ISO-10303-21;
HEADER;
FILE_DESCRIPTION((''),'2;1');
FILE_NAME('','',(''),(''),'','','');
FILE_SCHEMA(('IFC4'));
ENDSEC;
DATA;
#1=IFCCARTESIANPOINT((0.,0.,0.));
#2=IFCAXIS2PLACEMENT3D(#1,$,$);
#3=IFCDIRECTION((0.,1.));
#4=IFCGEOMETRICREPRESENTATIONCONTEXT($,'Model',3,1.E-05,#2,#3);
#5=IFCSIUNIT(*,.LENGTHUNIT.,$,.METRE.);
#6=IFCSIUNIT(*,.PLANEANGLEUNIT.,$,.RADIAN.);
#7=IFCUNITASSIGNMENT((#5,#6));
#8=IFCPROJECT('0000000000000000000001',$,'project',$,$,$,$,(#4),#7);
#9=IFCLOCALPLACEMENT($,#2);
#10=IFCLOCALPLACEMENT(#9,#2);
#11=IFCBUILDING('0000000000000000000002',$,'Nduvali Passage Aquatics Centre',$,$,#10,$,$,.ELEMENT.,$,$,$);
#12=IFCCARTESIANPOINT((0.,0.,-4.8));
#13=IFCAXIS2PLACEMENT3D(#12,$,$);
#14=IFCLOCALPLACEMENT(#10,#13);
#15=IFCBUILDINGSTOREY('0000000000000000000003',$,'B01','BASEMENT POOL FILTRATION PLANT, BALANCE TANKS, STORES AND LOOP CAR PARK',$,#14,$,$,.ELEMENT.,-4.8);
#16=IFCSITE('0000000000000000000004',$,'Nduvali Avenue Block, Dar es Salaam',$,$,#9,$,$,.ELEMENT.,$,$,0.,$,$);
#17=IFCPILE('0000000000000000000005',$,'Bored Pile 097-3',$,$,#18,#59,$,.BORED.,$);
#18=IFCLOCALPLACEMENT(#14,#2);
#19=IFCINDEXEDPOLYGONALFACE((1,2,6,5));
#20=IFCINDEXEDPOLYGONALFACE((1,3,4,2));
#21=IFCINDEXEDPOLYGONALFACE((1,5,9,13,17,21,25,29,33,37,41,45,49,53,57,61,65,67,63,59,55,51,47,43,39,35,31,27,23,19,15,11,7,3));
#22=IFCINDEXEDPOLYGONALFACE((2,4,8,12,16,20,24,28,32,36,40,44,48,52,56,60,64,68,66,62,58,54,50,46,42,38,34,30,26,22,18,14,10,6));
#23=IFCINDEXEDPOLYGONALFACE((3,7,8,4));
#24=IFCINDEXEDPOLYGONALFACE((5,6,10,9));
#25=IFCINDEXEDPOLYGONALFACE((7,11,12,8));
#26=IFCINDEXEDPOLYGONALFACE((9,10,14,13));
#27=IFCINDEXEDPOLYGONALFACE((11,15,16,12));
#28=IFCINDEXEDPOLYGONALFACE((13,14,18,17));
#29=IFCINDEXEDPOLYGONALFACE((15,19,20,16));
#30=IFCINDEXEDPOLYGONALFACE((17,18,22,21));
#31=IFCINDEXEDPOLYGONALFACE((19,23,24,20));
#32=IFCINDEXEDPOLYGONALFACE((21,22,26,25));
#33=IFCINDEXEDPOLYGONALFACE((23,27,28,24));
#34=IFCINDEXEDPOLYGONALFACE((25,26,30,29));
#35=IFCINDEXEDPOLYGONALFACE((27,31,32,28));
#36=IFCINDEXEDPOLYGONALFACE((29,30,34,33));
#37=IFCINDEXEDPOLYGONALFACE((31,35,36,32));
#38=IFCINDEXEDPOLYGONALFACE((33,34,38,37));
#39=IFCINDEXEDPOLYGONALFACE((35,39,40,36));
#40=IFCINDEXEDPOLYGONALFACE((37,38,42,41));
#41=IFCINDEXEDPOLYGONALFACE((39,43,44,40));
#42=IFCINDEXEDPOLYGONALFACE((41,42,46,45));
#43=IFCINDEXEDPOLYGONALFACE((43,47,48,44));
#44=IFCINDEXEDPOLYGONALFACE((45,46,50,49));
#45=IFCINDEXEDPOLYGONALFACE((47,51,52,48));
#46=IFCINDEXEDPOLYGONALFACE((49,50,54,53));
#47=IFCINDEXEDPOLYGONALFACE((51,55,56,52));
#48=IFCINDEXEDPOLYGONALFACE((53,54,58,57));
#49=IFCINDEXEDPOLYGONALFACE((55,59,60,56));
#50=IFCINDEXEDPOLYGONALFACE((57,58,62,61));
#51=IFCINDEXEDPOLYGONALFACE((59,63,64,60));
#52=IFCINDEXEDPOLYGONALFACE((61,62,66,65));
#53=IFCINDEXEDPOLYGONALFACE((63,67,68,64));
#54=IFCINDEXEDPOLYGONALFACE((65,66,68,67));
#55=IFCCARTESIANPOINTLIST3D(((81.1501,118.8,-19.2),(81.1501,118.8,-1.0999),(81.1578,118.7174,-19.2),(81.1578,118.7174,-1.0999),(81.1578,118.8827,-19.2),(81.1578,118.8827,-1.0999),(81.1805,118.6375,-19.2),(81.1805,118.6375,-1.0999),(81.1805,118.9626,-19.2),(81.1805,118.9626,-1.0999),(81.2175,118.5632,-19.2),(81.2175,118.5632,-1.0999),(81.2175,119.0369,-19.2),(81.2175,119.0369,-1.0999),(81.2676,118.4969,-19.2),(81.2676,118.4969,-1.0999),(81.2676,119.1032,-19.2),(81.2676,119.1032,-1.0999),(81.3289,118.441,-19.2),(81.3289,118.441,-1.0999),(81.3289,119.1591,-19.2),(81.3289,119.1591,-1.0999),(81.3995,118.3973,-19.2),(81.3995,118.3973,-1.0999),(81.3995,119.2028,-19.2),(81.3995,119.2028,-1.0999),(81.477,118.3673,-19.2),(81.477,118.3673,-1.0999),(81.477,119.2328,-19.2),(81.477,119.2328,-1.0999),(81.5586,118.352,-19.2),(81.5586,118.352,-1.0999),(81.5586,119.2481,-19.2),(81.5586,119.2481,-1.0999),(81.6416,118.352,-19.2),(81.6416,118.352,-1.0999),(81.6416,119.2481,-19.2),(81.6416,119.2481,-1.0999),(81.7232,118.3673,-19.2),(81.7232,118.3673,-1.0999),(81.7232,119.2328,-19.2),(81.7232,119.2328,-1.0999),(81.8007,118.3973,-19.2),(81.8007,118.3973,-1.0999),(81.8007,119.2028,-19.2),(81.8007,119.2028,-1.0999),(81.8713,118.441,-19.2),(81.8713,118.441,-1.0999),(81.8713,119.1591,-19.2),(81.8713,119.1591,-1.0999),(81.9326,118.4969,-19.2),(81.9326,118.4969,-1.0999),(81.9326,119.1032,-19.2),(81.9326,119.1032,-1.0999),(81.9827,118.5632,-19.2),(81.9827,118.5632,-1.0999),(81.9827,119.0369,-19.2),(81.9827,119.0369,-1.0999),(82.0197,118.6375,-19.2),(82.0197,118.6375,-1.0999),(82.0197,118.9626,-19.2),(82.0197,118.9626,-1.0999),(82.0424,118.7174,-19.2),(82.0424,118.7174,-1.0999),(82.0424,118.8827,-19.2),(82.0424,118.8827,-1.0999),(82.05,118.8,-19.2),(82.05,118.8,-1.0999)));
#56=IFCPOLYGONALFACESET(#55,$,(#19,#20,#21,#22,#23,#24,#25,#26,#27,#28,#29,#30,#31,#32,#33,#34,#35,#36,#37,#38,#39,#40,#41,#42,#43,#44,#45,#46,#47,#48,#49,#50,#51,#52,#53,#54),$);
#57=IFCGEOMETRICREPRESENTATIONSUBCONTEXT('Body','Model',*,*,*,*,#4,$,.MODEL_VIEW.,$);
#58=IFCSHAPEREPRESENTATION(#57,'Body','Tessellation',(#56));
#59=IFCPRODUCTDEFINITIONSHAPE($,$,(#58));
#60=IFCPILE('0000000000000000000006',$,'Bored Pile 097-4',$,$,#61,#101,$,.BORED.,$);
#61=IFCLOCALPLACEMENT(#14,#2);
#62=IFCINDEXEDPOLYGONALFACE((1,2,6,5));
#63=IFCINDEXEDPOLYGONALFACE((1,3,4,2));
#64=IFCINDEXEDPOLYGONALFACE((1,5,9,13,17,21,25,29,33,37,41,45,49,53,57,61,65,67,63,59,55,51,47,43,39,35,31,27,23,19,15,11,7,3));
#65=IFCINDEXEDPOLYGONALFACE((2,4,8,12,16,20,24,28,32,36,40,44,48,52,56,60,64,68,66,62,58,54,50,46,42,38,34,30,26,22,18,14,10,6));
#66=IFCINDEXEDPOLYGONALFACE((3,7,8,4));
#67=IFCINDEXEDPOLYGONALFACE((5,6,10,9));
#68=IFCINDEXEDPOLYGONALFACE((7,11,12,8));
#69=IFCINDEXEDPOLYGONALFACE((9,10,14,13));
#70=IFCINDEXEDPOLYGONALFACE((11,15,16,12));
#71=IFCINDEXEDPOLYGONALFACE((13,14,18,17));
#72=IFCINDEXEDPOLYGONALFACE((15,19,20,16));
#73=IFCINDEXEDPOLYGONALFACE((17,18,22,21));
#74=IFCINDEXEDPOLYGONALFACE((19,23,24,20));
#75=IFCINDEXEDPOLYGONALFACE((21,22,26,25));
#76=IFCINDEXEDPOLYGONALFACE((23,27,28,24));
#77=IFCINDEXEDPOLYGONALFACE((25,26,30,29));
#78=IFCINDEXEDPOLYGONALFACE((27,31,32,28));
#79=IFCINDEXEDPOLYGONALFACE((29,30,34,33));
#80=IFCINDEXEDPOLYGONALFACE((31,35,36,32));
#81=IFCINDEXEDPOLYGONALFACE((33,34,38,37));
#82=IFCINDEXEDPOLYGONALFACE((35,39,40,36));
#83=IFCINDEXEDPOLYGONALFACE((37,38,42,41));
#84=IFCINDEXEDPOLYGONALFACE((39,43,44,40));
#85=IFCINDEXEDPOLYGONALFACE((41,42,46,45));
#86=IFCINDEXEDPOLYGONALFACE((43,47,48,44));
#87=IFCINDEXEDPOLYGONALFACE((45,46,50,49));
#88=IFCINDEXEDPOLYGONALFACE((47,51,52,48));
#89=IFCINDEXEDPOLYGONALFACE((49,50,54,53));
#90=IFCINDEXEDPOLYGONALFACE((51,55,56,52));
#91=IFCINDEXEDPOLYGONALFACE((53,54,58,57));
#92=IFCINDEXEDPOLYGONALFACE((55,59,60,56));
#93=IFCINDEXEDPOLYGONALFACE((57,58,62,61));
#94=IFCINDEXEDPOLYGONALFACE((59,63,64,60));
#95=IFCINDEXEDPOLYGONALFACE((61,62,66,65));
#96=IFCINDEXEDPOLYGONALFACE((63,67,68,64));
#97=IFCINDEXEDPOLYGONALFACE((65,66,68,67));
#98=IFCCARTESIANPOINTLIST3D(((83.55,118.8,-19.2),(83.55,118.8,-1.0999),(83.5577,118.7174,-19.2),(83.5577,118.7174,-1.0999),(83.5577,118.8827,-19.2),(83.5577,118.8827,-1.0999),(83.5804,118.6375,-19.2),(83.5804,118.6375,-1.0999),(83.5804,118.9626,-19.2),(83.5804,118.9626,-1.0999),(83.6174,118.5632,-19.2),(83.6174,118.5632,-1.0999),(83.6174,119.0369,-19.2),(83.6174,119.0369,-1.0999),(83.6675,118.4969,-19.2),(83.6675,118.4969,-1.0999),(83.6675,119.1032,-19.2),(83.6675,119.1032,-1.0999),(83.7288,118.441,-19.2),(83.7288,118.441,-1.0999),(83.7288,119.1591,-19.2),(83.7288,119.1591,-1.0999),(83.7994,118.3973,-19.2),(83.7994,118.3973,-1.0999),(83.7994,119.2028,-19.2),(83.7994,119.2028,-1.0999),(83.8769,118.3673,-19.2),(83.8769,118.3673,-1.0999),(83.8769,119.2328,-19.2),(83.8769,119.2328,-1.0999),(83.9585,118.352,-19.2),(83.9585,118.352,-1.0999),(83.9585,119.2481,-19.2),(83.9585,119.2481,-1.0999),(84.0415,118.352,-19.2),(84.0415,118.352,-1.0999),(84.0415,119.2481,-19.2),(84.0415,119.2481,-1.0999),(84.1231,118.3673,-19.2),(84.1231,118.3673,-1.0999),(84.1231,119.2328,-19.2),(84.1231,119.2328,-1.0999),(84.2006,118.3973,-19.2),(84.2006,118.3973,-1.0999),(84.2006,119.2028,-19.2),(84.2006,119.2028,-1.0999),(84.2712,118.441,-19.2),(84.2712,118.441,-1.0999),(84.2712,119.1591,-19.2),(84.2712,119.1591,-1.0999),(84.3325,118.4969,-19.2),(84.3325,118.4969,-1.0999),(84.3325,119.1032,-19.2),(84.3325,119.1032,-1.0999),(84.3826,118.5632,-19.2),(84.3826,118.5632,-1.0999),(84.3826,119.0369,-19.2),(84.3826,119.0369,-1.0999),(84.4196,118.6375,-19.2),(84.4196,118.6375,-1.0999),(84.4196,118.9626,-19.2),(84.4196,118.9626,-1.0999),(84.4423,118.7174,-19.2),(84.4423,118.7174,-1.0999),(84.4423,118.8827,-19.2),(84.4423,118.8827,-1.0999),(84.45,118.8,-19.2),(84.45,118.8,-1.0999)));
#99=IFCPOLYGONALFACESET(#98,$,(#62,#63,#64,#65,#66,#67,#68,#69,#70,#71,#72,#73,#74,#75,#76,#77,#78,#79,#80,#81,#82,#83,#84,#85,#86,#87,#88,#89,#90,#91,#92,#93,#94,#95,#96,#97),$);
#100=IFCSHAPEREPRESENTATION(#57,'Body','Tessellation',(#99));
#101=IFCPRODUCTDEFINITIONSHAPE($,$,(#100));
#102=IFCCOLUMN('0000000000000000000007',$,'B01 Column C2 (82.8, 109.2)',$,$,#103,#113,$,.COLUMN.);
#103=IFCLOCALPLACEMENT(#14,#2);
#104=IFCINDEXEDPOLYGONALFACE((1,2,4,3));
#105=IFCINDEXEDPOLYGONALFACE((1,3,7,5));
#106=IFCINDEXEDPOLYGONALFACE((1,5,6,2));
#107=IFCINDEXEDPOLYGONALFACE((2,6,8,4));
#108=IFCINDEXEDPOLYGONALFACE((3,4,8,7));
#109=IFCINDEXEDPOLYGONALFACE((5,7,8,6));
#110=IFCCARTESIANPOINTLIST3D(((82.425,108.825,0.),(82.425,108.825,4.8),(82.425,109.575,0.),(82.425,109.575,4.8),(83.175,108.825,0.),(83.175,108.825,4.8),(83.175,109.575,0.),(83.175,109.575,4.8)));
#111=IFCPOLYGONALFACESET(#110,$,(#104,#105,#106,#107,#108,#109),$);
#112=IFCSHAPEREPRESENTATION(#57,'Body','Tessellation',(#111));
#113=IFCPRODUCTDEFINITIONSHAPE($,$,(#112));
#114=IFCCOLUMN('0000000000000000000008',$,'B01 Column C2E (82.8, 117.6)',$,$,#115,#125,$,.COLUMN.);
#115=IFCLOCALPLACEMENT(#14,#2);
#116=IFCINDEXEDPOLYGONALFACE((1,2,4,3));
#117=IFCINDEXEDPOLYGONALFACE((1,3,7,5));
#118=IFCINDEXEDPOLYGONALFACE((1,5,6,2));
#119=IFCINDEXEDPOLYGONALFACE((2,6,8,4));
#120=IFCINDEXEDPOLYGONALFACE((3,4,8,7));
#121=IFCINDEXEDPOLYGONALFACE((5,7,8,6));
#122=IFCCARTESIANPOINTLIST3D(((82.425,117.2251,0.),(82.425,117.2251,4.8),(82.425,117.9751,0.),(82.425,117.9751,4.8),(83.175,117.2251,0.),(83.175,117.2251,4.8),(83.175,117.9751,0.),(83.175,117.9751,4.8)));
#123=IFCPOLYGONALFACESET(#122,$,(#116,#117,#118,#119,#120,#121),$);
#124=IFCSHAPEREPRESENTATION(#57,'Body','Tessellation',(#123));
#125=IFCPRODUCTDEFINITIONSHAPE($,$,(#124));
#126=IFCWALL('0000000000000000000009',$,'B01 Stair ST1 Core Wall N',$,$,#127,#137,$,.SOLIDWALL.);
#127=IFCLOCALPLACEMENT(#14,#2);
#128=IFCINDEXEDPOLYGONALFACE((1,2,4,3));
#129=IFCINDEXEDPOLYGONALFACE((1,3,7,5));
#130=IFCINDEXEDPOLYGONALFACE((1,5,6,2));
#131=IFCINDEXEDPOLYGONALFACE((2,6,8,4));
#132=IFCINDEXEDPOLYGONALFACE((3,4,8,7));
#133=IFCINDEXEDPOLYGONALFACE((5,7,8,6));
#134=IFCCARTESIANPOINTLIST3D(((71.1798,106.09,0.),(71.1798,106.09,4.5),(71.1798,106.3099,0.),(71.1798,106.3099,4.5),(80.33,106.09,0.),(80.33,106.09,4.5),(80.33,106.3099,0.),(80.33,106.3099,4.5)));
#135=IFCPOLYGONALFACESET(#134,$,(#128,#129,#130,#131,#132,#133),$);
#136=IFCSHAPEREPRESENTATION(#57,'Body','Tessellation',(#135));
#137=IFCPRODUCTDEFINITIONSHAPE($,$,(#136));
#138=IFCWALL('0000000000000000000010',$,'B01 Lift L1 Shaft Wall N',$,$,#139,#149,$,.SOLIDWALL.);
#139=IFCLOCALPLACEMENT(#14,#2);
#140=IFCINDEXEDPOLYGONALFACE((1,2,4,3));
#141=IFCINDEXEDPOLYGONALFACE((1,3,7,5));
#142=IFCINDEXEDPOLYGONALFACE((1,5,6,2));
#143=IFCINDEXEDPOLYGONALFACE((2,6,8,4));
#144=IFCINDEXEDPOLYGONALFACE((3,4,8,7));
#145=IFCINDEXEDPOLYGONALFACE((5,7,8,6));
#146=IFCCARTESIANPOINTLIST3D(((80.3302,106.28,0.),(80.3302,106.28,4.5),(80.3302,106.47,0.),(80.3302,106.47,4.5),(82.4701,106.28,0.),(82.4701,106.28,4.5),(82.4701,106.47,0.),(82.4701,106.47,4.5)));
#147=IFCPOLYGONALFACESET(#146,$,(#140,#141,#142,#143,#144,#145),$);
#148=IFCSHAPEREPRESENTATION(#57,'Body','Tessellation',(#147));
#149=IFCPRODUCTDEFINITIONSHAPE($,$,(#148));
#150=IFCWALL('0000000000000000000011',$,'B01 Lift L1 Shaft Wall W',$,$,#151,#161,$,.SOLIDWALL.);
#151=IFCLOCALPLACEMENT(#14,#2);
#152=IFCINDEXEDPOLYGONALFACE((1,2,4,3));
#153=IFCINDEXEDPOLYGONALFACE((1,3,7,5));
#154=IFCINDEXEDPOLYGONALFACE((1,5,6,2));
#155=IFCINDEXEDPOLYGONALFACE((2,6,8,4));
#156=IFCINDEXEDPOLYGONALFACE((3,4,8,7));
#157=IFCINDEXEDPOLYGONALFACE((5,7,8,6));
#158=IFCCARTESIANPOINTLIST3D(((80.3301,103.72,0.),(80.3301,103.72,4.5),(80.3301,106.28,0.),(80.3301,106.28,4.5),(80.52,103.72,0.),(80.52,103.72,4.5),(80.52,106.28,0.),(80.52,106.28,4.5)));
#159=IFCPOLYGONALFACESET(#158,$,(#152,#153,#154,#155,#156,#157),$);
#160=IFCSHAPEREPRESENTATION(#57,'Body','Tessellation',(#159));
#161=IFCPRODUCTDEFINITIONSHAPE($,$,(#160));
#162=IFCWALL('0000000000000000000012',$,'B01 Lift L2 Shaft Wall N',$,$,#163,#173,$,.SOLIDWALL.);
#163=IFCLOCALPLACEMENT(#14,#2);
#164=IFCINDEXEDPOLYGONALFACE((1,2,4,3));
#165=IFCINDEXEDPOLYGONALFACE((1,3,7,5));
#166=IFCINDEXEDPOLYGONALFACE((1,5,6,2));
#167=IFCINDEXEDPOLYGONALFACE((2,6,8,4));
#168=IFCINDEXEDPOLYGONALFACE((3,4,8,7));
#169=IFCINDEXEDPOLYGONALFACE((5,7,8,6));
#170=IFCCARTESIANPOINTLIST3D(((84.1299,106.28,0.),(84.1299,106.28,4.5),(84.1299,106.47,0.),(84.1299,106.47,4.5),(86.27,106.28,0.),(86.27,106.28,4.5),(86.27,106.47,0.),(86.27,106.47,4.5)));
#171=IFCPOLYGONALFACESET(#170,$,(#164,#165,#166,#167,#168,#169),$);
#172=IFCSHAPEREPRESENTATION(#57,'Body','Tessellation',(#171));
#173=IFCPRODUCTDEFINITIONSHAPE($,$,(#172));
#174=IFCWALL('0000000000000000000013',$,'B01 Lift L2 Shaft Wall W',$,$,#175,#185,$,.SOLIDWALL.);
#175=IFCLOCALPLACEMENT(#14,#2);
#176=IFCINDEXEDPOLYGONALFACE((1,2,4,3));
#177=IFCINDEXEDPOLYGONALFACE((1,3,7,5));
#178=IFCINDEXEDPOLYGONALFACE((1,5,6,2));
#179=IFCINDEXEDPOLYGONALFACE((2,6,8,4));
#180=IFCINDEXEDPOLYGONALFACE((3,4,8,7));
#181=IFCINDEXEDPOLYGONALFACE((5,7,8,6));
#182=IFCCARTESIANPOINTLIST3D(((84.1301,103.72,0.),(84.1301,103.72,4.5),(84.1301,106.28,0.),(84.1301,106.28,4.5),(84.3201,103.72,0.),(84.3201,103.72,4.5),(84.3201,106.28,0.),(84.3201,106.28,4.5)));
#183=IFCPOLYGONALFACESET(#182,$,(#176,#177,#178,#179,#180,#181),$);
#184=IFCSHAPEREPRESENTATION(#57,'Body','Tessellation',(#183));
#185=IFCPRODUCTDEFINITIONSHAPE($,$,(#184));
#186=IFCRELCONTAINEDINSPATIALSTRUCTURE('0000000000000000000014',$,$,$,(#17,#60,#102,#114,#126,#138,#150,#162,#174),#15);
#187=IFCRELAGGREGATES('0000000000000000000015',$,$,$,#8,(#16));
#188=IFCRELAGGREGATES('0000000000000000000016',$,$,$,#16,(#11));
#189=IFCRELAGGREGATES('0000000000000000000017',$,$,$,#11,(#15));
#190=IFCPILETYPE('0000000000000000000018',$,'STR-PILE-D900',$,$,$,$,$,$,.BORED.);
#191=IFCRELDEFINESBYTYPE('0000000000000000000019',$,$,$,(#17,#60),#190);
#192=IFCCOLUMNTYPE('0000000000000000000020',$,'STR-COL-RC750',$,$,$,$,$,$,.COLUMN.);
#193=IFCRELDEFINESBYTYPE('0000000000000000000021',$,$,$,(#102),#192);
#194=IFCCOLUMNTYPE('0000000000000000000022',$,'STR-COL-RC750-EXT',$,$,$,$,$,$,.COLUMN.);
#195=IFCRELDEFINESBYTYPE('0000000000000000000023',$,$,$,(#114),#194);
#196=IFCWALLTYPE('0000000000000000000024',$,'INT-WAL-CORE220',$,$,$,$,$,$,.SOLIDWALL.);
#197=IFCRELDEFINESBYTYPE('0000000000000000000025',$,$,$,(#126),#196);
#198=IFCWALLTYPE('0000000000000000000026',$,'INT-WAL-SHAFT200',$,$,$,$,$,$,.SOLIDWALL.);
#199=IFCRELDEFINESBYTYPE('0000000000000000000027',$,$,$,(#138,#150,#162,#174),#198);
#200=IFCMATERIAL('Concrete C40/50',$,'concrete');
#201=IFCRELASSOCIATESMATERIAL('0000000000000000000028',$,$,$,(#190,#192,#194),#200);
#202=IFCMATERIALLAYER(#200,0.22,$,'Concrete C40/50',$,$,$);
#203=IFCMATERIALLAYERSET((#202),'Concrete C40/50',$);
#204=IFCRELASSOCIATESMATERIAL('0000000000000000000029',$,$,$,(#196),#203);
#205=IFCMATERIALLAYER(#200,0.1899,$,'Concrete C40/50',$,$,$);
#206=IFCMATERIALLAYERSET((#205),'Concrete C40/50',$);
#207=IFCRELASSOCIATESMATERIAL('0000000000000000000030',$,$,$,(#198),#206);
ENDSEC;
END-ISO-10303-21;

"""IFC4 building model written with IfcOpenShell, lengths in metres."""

from ifc_helpers import new_model, si_unit, direction, frame, frame_2d, origin, origin_2d, place, context, subcontext, project, spatial, rectangle, circle, extrude, material, layer, layer_set, material_profile, profile_set, type_object, element, save


model = new_model("IFC4")

# Units and contexts
model_context = context("Model", 3, precision=1e-05, world=origin(), true_north=direction((0.0, 1.0)))
body_context = subcontext(model_context, "Body", "Model", "MODEL_VIEW")
ifc_project = project(units=[si_unit("LENGTHUNIT", "METRE"), si_unit("PLANEANGLEUNIT", "RADIAN")], contexts=[model_context])

# Site, building, storey
site_placement = place(None, origin())
site = spatial("IfcSite", under=ifc_project, at=site_placement, Name="Nduvali Avenue Block, Dar es Salaam", CompositionType="ELEMENT", RefElevation=0.0)
building_placement = place(site_placement, origin())
building = spatial("IfcBuilding", under=site, at=building_placement, Name="Nduvali Passage Aquatics Centre", CompositionType="ELEMENT")
storey_placement = place(building_placement, frame((0.0, 0.0, -4.8)))
storey = spatial("IfcBuildingStorey", under=building, at=storey_placement, Name="B01", Description="BASEMENT POOL FILTRATION PLANT, BALANCE TANKS, STORES AND LOOP CAR PARK", CompositionType="ELEMENT", Elevation=-4.8)

# Shared definitions
ifc_material_1 = material(Name="Concrete C40/50", Category="concrete")

# Piles
ifc_material_profile_1 = material_profile(ifc_material_1, circle(Radius=0.45, at=origin_2d()), Name="PILE D900")
ifc_profile_set_1 = profile_set([ifc_material_profile_1], Name="Concrete C40/50")
pile_type_1 = type_object("IfcPileType", Name="STR-PILE-D900", PredefinedType="BORED", material=ifc_profile_set_1)
for number, where, z_axis, x_axis, name in (
    (1, (81.6001, 118.8, -1.0999), (0.0, 0.0, -1.0), (1.0, 0.0, 0.0), "Bored Pile 097-3"),
    (2, (84.0, 118.8, -1.0999), (0.0, 0.0, -1.0), (1.0, 0.0, 0.0), "Bored Pile 097-4"),
):
    element("IfcPile", number, at=place(storey_placement, frame(where, z_axis=z_axis, x_axis=x_axis)), inside=storey, type_object=pile_type_1, Name=name, PredefinedType="BORED", context=body_context, shape_type="SweptSolid", body=[
        extrude(circle(Radius=0.45, at=origin_2d()), origin(), (0.0, 0.0, 1.0), 18.1001),
    ])

# Columns
ifc_material_profile_2 = material_profile(ifc_material_1, rectangle(XDim=0.75, YDim=0.75, at=origin_2d()), Name="RC 750x750")
ifc_profile_set_2 = profile_set([ifc_material_profile_2], Name="Concrete C40/50")
column_type_1 = type_object("IfcColumnType", Name="STR-COL-RC750", PredefinedType="COLUMN", material=ifc_profile_set_2)
column_1_placement = place(storey_placement, frame((82.8, 109.2, 0.0), z_axis=(0.0, 0.0, 1.0), x_axis=(1.0, 0.0, 0.0)))
element("IfcColumn", 3, at=column_1_placement, inside=storey, type_object=column_type_1, Name="B01 Column C2 (82.8, 109.2)", PredefinedType="COLUMN", context=body_context, shape_type="SweptSolid", body=[
    extrude(rectangle(XDim=0.75, YDim=0.75, at=origin_2d()), origin(), (0.0, 0.0, 1.0), 4.8),
])
ifc_material_profile_3 = material_profile(ifc_material_1, rectangle(XDim=0.75, YDim=0.75, at=origin_2d()), Name="RC 750x750")
ifc_profile_set_3 = profile_set([ifc_material_profile_3], Name="Concrete C40/50")
column_type_2 = type_object("IfcColumnType", Name="STR-COL-RC750-EXT", PredefinedType="COLUMN", material=ifc_profile_set_3)
column_2_placement = place(storey_placement, frame((82.8, 117.6001, 0.0), z_axis=(0.0, 0.0, 1.0), x_axis=(1.0, 0.0, 0.0)))
element("IfcColumn", 4, at=column_2_placement, inside=storey, type_object=column_type_2, Name="B01 Column C2E (82.8, 117.6)", PredefinedType="COLUMN", context=body_context, shape_type="SweptSolid", body=[
    extrude(rectangle(XDim=0.75, YDim=0.75, at=origin_2d()), origin(), (0.0, 0.0, 1.0), 4.8),
])

# Walls
ifc_layer_1 = layer(ifc_material_1, 0.22, Name="Concrete C40/50")
ifc_layer_set_1 = layer_set([ifc_layer_1], Name="Concrete C40/50")
wall_type_1 = type_object("IfcWallType", Name="INT-WAL-CORE220", PredefinedType="SOLIDWALL", material=ifc_layer_set_1)
wall_1_placement = place(storey_placement, frame((80.3301, 106.2, 0.0), z_axis=(0.0, 0.0, 1.0), x_axis=(-1.0, 0.0, 0.0)))
element("IfcWall", 5, at=wall_1_placement, inside=storey, type_object=wall_type_1, Name="B01 Stair ST1 Core Wall N", PredefinedType="SOLIDWALL", context=body_context, shape_type="SweptSolid", body=[
    extrude(rectangle(XDim=9.1501, YDim=0.22, at=frame_2d((4.5752, 0.0))), origin(), (0.0, 0.0, 1.0), 4.5),
])
ifc_layer_2 = layer(ifc_material_1, 0.1899, Name="Concrete C40/50")
ifc_layer_set_2 = layer_set([ifc_layer_2], Name="Concrete C40/50")
wall_type_2 = type_object("IfcWallType", Name="INT-WAL-SHAFT200", PredefinedType="SOLIDWALL", material=ifc_layer_set_2)
wall_2_placement = place(storey_placement, frame((82.47, 106.375, 0.0), z_axis=(0.0, 0.0, 1.0), x_axis=(-1.0, 0.0, 0.0)))
element("IfcWall", 6, at=wall_2_placement, inside=storey, type_object=wall_type_2, Name="B01 Lift L1 Shaft Wall N", PredefinedType="SOLIDWALL", context=body_context, shape_type="SweptSolid", body=[
    extrude(rectangle(XDim=2.1399, YDim=0.1899, at=frame_2d((1.0698, 0.0))), origin(), (0.0, 0.0, 1.0), 4.5),
])
wall_3_placement = place(storey_placement, frame((80.425, 106.28, 0.0), z_axis=(0.0, 0.0, 1.0), x_axis=(0.0, -1.0, 0.0)))
element("IfcWall", 7, at=wall_3_placement, inside=storey, type_object=wall_type_2, Name="B01 Lift L1 Shaft Wall W", PredefinedType="SOLIDWALL", context=body_context, shape_type="SweptSolid", body=[
    extrude(rectangle(XDim=2.5601, YDim=0.1899, at=frame_2d((1.28, 0.0))), origin(), (0.0, 0.0, 1.0), 4.5),
])
wall_4_placement = place(storey_placement, frame((86.27, 106.375, 0.0), z_axis=(0.0, 0.0, 1.0), x_axis=(-1.0, 0.0, 0.0)))
element("IfcWall", 8, at=wall_4_placement, inside=storey, type_object=wall_type_2, Name="B01 Lift L2 Shaft Wall N", PredefinedType="SOLIDWALL", context=body_context, shape_type="SweptSolid", body=[
    extrude(rectangle(XDim=2.1401, YDim=0.1899, at=frame_2d((1.0701, 0.0))), origin(), (0.0, 0.0, 1.0), 4.5),
])
wall_5_placement = place(storey_placement, frame((84.2251, 106.28, 0.0), z_axis=(0.0, 0.0, 1.0), x_axis=(0.0, -1.0, 0.0)))
element("IfcWall", 9, at=wall_5_placement, inside=storey, type_object=wall_type_2, Name="B01 Lift L2 Shaft Wall W", PredefinedType="SOLIDWALL", context=body_context, shape_type="SweptSolid", body=[
    extrude(rectangle(XDim=2.5601, YDim=0.1899, at=frame_2d((1.28, 0.0))), origin(), (0.0, 0.0, 1.0), 4.5),
])

save(model, "model.ifc")
